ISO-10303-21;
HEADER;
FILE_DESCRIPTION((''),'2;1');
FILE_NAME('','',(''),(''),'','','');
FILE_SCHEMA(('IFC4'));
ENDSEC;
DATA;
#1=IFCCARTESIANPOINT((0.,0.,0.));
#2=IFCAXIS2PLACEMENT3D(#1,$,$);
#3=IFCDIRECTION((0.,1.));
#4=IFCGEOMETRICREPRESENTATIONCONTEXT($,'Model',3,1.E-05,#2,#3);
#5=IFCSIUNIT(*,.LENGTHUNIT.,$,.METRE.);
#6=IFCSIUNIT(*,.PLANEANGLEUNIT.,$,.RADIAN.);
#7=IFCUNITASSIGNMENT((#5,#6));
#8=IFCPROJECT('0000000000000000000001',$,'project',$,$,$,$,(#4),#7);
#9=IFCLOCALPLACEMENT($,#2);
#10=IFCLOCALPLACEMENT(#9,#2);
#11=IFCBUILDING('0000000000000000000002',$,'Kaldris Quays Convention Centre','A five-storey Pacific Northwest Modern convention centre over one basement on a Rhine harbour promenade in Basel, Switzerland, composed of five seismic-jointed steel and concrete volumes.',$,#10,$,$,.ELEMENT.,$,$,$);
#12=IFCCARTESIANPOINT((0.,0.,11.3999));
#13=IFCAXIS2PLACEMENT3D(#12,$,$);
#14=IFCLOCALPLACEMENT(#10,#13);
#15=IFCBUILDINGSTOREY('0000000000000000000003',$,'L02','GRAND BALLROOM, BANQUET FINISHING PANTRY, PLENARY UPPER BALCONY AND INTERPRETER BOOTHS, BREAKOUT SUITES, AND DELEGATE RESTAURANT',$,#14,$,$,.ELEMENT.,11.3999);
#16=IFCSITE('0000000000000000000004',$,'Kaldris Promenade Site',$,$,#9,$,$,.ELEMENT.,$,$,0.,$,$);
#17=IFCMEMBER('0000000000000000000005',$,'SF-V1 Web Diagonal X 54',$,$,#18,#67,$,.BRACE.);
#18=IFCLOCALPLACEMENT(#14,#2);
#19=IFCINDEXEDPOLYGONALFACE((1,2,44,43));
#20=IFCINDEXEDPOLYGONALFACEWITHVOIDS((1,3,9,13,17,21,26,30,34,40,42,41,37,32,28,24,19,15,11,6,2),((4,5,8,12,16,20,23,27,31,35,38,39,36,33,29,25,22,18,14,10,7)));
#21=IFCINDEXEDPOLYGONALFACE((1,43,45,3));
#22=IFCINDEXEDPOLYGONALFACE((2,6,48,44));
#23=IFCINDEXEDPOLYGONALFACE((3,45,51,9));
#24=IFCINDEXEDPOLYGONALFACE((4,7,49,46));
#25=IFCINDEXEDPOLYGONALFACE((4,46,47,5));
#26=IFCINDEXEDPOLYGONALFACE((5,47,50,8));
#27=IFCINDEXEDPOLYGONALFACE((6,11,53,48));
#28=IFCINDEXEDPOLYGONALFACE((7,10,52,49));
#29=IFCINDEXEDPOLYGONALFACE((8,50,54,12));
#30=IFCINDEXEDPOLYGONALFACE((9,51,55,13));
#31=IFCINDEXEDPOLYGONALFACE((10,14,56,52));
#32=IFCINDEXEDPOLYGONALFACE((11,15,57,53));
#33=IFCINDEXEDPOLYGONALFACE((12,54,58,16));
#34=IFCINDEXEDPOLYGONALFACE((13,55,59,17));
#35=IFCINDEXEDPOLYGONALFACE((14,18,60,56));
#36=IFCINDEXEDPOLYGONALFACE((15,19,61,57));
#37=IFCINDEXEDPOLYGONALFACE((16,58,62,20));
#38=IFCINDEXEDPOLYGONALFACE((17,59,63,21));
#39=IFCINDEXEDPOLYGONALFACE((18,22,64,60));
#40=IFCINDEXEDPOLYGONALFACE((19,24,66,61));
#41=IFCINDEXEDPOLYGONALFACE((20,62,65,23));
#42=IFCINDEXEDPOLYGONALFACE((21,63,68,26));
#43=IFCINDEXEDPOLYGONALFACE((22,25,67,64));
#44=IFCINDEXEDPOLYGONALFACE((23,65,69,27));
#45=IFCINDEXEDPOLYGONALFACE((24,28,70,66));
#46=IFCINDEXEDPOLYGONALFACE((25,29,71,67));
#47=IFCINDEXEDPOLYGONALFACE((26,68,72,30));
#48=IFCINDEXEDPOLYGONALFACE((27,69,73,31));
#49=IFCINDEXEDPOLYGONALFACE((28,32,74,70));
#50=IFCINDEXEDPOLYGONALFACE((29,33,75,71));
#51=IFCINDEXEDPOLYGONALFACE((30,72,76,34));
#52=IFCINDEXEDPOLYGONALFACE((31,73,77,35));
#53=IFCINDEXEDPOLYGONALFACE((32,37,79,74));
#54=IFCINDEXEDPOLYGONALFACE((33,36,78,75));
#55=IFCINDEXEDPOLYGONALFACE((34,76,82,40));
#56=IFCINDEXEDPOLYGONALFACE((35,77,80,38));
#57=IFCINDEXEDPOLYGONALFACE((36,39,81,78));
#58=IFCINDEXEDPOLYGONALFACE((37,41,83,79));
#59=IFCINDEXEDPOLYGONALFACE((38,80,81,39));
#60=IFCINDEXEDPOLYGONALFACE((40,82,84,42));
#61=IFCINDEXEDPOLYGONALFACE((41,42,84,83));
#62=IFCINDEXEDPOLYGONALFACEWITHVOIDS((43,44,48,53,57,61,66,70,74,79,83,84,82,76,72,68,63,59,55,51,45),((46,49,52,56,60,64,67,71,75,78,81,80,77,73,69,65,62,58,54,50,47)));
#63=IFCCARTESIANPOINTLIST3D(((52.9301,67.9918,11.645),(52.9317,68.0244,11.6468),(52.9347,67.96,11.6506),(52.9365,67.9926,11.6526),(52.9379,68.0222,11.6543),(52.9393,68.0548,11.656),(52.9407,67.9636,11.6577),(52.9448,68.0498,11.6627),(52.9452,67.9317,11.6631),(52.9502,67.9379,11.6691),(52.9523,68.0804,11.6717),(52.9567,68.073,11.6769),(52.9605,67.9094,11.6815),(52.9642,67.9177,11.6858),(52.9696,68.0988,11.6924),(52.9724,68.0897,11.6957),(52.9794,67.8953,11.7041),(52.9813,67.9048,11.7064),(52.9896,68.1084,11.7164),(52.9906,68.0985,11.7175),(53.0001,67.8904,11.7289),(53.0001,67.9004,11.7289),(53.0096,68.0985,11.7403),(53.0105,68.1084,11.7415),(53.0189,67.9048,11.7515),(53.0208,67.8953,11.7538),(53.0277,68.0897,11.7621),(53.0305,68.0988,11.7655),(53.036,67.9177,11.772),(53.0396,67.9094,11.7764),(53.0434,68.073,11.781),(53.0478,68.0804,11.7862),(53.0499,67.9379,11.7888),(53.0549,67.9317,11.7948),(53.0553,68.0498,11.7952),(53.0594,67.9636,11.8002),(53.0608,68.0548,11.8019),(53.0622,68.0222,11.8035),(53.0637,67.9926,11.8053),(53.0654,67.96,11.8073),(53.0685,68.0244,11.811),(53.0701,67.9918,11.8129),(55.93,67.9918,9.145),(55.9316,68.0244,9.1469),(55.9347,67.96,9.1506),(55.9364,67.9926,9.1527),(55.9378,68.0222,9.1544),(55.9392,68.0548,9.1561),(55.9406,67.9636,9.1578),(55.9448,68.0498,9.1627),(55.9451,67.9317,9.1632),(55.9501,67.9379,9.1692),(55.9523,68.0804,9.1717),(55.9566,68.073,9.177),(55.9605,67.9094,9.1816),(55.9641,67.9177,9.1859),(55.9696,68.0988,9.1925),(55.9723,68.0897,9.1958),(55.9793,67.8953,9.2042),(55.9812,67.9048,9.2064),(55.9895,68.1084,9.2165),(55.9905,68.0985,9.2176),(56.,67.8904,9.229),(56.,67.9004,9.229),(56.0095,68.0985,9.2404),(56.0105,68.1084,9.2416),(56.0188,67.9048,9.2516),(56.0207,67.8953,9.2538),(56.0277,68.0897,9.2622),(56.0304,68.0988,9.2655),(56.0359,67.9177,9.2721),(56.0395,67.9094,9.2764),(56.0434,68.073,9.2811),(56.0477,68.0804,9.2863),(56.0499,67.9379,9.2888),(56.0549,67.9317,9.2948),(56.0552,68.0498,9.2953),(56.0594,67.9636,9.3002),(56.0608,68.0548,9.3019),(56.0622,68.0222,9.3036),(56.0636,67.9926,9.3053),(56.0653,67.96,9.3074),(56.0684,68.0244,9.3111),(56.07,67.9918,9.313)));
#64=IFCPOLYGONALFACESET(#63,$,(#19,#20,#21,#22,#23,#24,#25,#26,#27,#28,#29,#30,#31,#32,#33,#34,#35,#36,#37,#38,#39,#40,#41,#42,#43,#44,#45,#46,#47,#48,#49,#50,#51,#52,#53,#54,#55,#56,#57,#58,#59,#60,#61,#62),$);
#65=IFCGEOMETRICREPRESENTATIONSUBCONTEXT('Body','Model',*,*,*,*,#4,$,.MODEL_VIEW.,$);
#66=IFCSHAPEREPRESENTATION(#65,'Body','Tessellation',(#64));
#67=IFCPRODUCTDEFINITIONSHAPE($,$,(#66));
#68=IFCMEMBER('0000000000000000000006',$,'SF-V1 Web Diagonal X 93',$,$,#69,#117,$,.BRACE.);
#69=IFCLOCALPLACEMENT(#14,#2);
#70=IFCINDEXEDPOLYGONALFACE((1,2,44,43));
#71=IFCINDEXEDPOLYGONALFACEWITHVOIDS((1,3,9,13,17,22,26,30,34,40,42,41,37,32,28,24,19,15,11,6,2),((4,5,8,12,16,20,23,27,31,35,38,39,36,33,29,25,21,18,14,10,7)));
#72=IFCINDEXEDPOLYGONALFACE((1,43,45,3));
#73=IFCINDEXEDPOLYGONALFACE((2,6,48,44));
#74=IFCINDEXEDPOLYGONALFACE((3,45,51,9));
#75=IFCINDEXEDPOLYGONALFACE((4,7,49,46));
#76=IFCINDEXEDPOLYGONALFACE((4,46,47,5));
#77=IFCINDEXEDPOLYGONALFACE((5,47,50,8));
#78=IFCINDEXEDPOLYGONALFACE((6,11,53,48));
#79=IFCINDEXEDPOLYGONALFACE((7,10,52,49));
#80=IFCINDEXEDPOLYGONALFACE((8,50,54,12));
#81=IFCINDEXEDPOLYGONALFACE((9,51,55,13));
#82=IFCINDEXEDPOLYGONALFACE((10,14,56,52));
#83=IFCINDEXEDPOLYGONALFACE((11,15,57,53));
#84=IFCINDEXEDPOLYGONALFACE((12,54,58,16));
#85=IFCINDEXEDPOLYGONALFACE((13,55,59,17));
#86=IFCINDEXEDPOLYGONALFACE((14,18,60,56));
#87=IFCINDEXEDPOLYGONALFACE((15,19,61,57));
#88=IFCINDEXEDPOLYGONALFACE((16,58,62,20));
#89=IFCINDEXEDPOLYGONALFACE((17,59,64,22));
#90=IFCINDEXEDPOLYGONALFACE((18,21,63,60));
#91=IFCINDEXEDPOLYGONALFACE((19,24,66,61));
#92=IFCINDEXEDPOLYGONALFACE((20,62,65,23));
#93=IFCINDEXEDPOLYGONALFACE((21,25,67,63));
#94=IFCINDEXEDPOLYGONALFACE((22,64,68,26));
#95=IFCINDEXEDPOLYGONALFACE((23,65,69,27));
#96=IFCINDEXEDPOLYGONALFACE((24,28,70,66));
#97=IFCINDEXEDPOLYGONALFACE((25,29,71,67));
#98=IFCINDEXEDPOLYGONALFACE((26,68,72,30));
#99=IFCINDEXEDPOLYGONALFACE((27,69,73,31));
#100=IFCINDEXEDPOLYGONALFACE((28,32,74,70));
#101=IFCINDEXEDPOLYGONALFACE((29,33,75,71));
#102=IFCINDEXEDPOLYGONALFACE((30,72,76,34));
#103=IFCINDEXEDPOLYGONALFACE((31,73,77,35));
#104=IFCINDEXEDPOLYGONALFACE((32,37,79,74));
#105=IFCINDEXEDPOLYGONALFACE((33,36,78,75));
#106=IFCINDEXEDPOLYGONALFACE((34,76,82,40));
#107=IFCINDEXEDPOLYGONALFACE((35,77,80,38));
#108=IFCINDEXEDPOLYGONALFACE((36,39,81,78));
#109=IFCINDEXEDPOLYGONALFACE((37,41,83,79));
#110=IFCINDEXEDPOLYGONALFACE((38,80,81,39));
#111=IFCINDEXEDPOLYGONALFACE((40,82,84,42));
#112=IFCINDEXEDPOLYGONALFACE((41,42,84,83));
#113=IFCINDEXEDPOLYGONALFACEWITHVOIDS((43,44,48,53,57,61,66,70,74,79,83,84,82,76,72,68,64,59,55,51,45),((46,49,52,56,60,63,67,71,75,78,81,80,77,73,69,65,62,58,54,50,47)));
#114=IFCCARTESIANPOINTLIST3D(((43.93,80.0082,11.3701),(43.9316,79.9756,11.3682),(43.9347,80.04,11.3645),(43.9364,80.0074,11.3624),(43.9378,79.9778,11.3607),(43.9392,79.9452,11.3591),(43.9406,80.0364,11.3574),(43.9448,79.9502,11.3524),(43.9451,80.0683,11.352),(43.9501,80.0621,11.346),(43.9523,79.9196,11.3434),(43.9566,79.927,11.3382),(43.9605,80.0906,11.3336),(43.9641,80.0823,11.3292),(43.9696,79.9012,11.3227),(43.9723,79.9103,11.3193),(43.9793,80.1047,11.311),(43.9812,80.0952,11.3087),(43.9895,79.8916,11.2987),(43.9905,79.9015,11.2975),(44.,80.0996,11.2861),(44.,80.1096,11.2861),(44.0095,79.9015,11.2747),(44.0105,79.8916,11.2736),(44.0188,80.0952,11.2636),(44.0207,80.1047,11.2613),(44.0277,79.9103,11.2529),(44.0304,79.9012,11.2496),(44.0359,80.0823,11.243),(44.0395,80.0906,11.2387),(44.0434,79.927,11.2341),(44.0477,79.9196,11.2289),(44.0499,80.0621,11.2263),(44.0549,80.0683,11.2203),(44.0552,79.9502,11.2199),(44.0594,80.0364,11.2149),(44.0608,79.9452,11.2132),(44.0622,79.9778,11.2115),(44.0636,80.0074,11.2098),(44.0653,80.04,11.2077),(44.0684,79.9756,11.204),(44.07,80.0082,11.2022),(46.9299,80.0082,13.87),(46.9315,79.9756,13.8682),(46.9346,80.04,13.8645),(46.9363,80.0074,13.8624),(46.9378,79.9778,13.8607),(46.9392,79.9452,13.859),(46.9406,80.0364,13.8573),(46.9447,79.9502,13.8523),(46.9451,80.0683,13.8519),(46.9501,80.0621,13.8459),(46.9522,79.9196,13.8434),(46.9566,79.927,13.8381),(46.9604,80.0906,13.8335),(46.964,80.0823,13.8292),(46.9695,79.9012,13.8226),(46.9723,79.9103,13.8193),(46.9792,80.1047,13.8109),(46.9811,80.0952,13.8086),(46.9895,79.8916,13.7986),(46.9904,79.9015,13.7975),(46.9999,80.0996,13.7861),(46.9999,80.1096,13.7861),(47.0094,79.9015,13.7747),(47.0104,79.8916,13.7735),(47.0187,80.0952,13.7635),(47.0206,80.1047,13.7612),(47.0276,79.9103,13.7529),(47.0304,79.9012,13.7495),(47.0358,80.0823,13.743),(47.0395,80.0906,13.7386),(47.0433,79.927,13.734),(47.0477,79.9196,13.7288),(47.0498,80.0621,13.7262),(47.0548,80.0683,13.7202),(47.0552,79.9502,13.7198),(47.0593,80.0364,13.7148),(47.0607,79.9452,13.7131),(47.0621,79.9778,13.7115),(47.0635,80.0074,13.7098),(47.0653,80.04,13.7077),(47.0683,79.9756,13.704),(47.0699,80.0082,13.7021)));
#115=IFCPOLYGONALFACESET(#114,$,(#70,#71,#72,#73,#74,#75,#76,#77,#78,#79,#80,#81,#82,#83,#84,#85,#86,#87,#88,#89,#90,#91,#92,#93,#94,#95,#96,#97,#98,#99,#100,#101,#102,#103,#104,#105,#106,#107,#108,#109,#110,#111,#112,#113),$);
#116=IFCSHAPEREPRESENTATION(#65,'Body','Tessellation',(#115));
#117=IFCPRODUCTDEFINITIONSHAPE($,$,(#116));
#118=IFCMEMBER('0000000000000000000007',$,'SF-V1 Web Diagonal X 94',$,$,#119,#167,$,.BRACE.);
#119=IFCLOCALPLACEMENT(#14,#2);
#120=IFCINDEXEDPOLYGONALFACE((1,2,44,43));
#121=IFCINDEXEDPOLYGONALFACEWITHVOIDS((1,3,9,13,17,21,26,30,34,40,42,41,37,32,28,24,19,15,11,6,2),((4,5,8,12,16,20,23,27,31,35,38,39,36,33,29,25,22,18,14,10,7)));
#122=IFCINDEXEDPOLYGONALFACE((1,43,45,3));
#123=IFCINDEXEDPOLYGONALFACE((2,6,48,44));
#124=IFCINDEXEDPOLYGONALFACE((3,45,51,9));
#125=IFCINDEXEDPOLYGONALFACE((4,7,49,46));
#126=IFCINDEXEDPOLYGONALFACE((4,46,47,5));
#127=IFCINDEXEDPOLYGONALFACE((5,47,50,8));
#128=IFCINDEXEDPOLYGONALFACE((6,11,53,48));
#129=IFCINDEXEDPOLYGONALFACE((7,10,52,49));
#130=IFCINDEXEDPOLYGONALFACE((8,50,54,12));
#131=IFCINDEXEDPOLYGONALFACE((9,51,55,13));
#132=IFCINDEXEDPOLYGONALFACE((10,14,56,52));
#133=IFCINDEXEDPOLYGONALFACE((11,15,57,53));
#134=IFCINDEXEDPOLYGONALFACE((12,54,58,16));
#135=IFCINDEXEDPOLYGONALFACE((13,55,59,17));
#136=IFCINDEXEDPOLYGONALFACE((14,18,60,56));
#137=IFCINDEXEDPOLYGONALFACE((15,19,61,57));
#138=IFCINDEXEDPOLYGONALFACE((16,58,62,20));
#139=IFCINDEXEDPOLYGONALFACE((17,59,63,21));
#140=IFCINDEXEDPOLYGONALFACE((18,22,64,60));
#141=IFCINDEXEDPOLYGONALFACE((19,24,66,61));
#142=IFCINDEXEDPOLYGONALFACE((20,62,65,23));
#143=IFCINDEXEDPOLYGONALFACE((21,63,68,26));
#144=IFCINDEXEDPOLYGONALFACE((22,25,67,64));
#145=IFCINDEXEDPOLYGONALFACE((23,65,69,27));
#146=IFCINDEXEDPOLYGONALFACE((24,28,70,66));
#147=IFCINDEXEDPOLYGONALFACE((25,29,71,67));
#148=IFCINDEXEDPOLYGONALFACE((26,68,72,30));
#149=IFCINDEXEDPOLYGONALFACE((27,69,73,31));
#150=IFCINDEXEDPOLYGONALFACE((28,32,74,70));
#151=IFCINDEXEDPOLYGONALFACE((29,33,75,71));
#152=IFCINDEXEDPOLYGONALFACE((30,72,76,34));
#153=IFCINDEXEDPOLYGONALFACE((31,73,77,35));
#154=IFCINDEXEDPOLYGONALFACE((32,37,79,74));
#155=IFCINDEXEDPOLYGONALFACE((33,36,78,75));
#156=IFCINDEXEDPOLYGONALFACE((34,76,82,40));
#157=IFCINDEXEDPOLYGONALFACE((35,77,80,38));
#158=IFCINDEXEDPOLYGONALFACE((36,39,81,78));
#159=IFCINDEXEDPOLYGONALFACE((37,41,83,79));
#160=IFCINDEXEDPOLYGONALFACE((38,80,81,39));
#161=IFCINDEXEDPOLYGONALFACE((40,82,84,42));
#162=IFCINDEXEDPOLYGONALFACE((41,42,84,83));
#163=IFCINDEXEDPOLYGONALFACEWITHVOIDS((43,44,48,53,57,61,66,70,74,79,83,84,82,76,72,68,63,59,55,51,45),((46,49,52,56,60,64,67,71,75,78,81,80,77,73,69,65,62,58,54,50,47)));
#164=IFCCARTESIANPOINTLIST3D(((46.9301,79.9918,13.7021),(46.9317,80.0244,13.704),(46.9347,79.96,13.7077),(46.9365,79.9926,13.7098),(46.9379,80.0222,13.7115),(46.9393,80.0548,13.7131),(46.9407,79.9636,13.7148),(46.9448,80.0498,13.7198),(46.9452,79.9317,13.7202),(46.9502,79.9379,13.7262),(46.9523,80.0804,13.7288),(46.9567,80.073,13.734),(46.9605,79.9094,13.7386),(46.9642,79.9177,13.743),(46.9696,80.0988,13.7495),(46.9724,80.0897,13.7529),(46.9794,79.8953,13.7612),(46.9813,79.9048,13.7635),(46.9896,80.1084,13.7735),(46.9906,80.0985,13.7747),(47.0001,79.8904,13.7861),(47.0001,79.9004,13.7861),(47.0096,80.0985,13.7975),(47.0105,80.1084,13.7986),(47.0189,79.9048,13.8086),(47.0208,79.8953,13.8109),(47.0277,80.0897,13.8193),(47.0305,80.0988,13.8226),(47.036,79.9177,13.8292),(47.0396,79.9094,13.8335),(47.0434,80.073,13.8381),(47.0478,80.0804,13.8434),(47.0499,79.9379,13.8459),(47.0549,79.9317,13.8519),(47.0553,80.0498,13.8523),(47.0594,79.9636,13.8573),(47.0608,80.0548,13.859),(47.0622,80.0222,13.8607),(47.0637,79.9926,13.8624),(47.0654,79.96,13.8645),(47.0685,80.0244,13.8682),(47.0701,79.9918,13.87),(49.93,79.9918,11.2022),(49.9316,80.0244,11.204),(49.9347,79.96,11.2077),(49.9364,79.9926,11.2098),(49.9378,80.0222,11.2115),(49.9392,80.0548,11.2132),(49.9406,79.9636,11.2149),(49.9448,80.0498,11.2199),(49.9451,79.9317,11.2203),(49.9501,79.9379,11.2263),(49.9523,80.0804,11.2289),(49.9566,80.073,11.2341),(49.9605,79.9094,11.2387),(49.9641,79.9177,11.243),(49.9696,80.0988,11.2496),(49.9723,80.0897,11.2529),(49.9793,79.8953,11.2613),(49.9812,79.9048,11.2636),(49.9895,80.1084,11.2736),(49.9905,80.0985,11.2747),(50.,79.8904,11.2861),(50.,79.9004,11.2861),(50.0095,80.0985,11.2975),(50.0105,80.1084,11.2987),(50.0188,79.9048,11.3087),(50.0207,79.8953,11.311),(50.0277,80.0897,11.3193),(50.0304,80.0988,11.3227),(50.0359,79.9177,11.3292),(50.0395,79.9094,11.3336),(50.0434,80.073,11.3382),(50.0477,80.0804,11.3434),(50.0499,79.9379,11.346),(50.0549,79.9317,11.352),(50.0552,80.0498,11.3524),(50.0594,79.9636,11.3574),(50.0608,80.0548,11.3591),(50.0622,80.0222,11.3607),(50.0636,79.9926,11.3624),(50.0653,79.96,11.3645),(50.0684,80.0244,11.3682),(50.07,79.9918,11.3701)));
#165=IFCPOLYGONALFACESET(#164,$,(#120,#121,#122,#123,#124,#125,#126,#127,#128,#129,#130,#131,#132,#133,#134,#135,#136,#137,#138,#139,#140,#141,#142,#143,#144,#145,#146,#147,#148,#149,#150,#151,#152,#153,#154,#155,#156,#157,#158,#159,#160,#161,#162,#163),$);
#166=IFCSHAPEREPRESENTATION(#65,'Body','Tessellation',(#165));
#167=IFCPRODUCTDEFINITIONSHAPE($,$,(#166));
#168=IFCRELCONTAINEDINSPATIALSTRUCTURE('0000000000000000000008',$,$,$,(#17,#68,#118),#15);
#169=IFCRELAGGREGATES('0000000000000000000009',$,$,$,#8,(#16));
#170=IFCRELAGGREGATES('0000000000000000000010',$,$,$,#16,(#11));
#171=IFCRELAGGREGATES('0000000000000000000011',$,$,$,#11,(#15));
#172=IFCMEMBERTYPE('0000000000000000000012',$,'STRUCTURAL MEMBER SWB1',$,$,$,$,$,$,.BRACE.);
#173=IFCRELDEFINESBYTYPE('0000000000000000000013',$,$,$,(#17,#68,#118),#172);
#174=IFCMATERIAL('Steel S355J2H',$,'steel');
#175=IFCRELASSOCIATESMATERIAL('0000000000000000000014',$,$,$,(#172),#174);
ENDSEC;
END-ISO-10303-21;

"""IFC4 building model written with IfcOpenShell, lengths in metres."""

from ifc_helpers import new_model, si_unit, direction, frame, origin, origin_2d, place, context, subcontext, project, spatial, hollow_circle, extrude, material, material_profile, profile_set, type_object, element, save


model = new_model("IFC4")

# Units and contexts
model_context = context("Model", 3, precision=1e-05, world=origin(), true_north=direction((0.0, 1.0)))
body_context = subcontext(model_context, "Body", "Model", "MODEL_VIEW")
ifc_project = project(units=[si_unit("LENGTHUNIT", "METRE"), si_unit("PLANEANGLEUNIT", "RADIAN")], contexts=[model_context])

# Site, building, storey
site_placement = place(None, origin())
site = spatial("IfcSite", under=ifc_project, at=site_placement, Name="Kaldris Promenade Site", CompositionType="ELEMENT", RefElevation=0.0)
building_placement = place(site_placement, origin())
building = spatial("IfcBuilding", under=site, at=building_placement, Name="Kaldris Quays Convention Centre", Description="A five-storey Pacific Northwest Modern convention centre over one basement on a Rhine harbour promenade in Basel, Switzerland, composed of five seismic-jointed steel and concrete volumes.", CompositionType="ELEMENT")
storey_placement = place(building_placement, frame((0.0, 0.0, 11.3999)))
storey = spatial("IfcBuildingStorey", under=building, at=storey_placement, Name="L02", Description="GRAND BALLROOM, BANQUET FINISHING PANTRY, PLENARY UPPER BALCONY AND INTERPRETER BOOTHS, BREAKOUT SUITES, AND DELEGATE RESTAURANT", CompositionType="ELEMENT", Elevation=11.3999)

# Members
ifc_material_1 = material(Name="Steel S355J2H", Category="steel")
ifc_material_profile_1 = material_profile(ifc_material_1, hollow_circle(Radius=0.1096, WallThickness=0.01, at=origin_2d()), Name="CHS 219.1x10")
ifc_profile_set_1 = profile_set([ifc_material_profile_1], Name="Steel S355J2H")
member_type_1 = type_object("IfcMemberType", Name="STRUCTURAL MEMBER SWB1", PredefinedType="BRACE", material=ifc_profile_set_1)
for number, where, z_axis, x_axis, name in (
    (1, (56.0, 68.0, 9.229), (-0.768221, 0.0, 0.640184), (0.0, -1.0, 0.0), "SF-V1 Web Diagonal X 54"),
    (2, (44.0, 80.0, 11.2861), (0.768221, 0.0, 0.640184), (0.0, 1.0, 0.0), "SF-V1 Web Diagonal X 93"),
    (3, (50.0, 80.0, 11.2861), (-0.768221, 0.0, 0.640184), (0.0, -1.0, 0.0), "SF-V1 Web Diagonal X 94"),
):
    element("IfcMember", number, at=place(storey_placement, frame(where, z_axis=z_axis, x_axis=x_axis)), inside=storey, type_object=member_type_1, Name=name, PredefinedType="BRACE", context=body_context, shape_type="SweptSolid", body=[
        extrude(hollow_circle(Radius=0.1096, WallThickness=0.01, at=origin_2d()), origin(), (0.0, 0.0, 1.0), 3.905),
    ])

save(model, "model.ifc")
